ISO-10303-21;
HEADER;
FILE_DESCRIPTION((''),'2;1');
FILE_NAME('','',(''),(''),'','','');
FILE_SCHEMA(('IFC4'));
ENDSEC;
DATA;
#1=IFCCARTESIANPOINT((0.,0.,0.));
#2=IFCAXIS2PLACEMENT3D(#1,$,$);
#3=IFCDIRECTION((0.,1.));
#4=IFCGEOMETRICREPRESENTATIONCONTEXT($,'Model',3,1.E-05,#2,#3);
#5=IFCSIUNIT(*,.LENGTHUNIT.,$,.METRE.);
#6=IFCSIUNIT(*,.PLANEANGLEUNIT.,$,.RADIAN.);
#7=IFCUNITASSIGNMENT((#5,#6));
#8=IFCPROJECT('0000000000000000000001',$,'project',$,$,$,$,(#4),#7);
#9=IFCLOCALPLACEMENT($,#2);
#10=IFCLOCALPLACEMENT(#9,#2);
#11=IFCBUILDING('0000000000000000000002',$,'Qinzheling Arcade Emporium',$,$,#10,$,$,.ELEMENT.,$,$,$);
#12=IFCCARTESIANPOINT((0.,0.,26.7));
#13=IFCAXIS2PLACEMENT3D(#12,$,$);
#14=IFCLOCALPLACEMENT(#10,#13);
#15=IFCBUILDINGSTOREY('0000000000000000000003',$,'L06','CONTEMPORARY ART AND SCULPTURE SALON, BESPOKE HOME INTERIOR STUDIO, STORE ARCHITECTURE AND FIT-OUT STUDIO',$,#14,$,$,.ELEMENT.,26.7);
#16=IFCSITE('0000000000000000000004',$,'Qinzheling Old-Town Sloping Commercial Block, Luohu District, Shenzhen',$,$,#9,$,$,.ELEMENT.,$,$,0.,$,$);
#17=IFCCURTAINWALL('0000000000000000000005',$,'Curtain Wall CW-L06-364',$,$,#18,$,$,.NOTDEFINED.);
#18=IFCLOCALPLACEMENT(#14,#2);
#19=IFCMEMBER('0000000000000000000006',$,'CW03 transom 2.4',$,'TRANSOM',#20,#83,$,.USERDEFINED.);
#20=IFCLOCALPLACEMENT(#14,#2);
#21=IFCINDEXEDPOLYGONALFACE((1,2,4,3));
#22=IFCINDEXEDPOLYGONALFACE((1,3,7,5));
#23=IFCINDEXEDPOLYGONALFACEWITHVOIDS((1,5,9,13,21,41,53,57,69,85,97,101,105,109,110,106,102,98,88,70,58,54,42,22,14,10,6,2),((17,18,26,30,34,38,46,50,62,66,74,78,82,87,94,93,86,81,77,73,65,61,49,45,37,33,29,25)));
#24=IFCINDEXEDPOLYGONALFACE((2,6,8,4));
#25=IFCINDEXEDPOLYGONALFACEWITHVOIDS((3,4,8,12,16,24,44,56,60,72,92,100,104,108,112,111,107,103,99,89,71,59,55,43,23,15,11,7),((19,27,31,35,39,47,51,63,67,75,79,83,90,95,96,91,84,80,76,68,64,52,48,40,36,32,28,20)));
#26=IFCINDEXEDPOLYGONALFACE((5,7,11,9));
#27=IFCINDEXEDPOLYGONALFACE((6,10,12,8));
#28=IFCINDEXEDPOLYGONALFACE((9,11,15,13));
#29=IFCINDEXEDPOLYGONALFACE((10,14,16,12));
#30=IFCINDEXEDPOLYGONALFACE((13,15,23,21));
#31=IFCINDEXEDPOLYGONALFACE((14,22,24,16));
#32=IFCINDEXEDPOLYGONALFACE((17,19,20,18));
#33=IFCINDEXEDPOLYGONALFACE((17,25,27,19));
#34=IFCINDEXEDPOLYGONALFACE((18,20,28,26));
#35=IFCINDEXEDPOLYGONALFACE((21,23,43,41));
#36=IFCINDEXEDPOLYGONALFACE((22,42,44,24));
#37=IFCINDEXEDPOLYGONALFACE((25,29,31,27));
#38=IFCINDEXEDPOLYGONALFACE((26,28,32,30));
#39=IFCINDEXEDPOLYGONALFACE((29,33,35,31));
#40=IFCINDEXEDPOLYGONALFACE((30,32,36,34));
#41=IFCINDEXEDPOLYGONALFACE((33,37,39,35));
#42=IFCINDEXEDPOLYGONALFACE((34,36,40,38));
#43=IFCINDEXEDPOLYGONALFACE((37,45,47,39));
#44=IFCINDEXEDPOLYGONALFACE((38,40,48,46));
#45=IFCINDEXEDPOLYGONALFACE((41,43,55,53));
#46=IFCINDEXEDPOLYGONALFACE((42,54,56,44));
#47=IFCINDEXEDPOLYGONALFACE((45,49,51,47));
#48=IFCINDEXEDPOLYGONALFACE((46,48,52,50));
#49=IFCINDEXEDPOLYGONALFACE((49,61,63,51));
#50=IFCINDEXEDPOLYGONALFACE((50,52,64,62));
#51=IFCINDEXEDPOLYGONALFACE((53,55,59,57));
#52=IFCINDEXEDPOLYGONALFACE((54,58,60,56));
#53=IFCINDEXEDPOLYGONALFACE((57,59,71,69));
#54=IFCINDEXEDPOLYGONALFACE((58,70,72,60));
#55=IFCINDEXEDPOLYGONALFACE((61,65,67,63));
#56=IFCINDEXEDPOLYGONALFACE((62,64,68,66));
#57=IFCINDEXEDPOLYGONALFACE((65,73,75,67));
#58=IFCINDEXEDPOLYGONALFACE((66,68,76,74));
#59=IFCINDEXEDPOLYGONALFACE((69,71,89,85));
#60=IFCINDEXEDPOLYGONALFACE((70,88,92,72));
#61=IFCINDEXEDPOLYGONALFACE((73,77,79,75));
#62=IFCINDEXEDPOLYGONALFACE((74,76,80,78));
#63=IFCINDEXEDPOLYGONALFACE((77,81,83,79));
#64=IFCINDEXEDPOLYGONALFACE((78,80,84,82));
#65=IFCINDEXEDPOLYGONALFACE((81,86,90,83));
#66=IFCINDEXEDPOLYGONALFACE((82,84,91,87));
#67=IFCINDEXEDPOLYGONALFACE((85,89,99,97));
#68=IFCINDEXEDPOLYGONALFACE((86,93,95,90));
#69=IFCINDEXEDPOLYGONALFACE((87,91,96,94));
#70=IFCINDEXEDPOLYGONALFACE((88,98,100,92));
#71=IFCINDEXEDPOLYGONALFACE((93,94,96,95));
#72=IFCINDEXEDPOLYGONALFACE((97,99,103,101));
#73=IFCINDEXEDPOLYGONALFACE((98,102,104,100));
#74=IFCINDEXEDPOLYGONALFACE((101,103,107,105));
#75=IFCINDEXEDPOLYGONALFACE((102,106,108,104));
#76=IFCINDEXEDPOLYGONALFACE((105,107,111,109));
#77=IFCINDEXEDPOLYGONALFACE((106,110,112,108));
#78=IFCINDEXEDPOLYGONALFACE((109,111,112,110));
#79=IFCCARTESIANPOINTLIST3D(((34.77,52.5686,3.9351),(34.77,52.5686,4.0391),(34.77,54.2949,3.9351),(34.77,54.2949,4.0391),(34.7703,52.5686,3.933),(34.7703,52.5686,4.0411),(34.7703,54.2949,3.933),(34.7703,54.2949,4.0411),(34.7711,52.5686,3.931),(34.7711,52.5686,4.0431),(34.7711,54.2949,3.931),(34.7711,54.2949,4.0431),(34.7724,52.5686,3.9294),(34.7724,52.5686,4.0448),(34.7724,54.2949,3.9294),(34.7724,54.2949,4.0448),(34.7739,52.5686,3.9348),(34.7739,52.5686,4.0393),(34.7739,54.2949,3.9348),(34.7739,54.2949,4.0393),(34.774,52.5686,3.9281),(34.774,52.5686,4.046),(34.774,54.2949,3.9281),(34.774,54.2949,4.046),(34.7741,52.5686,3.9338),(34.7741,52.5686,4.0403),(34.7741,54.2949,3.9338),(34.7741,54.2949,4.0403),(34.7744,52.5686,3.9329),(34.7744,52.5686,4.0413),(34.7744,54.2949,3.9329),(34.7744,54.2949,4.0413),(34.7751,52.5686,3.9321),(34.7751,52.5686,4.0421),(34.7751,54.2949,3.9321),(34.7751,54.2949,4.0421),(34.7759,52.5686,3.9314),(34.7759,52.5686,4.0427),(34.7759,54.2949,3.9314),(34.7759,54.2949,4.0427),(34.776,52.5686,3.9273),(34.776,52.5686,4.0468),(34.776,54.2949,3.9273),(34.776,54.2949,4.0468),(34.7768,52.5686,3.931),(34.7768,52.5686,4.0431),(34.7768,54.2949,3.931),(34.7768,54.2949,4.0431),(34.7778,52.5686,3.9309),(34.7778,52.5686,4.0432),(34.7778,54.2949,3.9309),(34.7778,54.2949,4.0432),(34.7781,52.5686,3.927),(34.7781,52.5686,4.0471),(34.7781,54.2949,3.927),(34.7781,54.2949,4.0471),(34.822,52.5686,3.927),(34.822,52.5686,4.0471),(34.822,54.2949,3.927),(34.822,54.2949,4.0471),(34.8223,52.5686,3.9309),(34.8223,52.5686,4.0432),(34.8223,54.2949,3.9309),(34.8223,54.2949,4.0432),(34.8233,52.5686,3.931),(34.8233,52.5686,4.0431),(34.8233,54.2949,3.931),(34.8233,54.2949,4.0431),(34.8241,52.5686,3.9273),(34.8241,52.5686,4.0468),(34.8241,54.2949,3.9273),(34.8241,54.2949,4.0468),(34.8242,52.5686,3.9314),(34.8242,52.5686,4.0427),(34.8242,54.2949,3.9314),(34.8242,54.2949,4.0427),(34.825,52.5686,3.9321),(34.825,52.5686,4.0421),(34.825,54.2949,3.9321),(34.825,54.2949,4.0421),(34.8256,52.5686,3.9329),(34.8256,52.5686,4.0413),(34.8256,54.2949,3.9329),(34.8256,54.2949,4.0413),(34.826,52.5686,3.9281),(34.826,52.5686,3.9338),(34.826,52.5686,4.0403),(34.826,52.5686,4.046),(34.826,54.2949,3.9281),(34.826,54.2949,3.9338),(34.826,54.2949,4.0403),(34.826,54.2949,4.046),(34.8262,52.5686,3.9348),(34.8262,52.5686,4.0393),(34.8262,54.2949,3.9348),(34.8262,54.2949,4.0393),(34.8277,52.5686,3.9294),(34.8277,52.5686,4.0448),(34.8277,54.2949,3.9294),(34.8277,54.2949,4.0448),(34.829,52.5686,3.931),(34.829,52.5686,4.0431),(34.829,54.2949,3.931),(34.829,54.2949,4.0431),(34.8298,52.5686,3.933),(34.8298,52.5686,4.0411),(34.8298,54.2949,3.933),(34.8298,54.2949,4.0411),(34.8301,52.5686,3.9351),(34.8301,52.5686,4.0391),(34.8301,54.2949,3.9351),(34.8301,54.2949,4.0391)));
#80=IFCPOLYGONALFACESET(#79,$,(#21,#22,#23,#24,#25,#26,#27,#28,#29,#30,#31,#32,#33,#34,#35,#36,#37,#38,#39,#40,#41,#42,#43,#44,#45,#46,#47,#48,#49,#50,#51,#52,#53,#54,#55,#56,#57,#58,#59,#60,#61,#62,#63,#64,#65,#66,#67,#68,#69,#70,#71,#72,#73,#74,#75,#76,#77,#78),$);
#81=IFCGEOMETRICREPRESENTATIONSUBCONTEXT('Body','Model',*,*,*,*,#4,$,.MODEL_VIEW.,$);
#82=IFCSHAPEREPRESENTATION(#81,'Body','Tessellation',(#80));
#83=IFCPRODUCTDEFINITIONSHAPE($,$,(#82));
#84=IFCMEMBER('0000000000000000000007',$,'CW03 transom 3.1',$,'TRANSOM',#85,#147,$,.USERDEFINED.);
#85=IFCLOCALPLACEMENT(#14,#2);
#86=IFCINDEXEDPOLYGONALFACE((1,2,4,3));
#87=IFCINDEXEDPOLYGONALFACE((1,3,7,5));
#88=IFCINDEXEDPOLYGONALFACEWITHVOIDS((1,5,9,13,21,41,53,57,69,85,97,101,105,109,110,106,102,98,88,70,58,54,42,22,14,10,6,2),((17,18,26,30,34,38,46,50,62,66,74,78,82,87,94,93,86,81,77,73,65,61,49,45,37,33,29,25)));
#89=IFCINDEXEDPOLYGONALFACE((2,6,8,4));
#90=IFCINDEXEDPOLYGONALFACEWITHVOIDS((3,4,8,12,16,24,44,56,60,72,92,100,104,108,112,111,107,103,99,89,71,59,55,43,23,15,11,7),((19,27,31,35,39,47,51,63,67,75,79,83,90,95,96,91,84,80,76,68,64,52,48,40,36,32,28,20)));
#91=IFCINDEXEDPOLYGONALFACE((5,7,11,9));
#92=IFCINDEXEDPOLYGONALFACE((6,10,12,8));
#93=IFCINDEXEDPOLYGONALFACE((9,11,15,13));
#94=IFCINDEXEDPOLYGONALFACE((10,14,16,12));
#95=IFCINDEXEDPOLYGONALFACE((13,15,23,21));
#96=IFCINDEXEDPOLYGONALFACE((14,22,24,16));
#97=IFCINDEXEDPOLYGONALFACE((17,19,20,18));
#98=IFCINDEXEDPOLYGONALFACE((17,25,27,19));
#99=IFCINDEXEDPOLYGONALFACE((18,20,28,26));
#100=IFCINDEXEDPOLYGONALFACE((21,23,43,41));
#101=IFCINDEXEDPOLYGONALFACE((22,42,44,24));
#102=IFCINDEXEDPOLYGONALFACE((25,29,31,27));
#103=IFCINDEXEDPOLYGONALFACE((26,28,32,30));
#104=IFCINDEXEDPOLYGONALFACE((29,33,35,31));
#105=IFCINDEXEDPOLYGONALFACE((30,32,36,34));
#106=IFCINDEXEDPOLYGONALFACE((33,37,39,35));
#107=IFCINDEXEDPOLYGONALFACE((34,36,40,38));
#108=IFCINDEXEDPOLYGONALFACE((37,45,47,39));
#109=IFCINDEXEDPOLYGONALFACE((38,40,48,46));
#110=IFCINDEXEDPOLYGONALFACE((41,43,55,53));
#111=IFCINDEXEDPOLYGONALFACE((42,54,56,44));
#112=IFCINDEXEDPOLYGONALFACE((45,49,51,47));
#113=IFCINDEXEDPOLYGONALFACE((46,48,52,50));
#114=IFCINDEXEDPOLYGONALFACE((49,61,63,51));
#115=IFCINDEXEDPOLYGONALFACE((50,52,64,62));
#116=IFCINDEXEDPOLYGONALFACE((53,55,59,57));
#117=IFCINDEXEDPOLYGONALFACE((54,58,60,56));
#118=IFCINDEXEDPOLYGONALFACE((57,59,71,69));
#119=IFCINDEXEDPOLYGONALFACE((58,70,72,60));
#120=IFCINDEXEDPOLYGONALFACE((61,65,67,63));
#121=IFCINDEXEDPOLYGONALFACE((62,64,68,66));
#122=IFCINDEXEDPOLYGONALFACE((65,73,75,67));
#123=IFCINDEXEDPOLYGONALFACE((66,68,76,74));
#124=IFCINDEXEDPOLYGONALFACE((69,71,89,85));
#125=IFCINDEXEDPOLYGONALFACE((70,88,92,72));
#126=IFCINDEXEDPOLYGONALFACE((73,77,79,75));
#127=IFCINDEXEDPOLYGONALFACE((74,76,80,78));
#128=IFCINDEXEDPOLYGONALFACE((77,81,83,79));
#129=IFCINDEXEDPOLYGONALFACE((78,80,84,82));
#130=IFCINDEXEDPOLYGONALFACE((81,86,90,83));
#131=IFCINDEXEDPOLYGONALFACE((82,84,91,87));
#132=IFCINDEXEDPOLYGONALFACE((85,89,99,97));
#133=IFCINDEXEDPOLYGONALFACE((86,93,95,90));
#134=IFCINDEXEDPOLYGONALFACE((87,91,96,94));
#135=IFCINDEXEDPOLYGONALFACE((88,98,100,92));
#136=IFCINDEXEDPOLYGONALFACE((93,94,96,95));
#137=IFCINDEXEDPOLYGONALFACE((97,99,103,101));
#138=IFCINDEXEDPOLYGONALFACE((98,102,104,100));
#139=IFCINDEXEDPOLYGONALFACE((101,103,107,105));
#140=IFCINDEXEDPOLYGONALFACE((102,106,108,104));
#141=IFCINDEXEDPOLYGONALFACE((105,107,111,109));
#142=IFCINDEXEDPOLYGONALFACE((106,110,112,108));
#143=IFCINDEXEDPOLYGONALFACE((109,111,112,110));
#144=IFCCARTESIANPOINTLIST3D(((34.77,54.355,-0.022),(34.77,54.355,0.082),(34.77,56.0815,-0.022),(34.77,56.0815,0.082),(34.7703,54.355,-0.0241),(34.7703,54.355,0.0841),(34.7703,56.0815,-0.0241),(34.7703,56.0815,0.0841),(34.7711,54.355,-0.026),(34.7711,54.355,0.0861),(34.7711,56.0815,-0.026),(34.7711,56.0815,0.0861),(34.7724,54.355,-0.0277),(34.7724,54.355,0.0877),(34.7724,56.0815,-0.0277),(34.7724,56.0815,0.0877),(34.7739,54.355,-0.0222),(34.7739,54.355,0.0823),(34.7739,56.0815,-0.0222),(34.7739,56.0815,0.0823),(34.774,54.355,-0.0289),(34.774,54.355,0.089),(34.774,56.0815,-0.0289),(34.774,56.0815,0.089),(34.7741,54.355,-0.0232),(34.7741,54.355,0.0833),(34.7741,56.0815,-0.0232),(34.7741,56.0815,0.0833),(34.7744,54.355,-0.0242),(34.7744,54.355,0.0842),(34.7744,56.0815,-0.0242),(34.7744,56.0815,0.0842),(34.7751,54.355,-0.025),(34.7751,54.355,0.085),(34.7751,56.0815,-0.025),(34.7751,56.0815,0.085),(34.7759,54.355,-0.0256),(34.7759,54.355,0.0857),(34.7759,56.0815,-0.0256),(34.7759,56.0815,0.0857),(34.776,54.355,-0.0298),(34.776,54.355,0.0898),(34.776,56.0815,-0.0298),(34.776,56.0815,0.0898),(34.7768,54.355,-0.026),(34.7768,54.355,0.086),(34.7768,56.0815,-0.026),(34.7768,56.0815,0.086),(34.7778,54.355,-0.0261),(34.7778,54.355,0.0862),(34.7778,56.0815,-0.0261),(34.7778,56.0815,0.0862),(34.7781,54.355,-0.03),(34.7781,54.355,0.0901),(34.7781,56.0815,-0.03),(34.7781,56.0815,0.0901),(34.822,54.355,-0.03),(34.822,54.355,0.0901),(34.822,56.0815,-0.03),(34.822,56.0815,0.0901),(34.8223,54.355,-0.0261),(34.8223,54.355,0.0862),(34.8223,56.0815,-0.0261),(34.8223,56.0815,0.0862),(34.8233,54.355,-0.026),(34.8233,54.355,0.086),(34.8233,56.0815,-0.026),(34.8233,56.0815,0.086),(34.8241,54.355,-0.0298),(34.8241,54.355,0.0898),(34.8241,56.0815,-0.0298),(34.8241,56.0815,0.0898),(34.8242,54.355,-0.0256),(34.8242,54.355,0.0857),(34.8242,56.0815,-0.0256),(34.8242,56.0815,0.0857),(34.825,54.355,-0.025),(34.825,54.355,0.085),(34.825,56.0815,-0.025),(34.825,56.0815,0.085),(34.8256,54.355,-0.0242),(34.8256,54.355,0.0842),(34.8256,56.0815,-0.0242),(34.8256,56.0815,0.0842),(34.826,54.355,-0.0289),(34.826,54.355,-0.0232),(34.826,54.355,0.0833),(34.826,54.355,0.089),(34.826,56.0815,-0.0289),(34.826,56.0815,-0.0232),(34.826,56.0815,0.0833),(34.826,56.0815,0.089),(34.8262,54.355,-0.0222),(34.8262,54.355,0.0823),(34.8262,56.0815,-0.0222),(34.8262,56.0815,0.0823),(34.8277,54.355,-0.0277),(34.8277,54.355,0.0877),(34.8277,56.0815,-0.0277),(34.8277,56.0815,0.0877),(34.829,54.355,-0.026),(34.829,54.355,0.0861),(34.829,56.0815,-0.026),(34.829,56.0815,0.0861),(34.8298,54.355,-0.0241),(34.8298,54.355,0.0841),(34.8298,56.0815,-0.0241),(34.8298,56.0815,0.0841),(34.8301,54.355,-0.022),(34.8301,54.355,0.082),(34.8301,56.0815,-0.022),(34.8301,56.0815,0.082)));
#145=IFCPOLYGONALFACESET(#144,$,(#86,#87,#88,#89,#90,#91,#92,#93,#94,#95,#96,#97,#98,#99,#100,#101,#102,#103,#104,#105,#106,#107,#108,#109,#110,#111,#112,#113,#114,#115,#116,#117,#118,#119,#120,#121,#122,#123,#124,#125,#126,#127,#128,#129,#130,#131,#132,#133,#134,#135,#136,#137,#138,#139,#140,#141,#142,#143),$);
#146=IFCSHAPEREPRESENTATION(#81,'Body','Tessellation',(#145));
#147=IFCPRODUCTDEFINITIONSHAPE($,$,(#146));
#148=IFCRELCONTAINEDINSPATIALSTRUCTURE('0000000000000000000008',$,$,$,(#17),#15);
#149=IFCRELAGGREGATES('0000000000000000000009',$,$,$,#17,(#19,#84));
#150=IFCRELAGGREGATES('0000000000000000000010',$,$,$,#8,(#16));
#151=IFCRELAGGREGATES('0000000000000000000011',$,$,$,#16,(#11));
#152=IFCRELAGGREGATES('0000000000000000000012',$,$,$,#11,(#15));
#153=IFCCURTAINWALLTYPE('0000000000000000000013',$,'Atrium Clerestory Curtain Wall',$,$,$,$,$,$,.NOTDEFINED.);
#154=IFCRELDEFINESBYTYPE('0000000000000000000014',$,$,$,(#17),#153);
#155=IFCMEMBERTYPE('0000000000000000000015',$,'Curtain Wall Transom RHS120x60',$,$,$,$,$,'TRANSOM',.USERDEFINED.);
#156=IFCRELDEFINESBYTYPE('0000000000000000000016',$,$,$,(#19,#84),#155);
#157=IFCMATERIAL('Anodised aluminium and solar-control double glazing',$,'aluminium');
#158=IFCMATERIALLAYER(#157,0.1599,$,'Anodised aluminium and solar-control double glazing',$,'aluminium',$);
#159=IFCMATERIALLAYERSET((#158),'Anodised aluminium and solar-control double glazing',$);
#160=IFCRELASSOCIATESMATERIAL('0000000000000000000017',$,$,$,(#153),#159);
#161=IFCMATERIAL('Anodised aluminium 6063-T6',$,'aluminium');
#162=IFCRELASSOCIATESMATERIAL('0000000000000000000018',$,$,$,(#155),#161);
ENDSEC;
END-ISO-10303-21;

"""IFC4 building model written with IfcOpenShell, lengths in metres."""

from ifc_helpers import new_model, si_unit, direction, frame, origin, origin_2d, place, context, subcontext, project, spatial, hollow_rectangle, extrude, material, layer, layer_set, material_profile, profile_set, type_object, element, aggregate, save


model = new_model("IFC4")

# Units and contexts
model_context = context("Model", 3, precision=1e-05, world=origin(), true_north=direction((0.0, 1.0)))
body_context = subcontext(model_context, "Body", "Model", "MODEL_VIEW")
ifc_project = project(units=[si_unit("LENGTHUNIT", "METRE"), si_unit("PLANEANGLEUNIT", "RADIAN")], contexts=[model_context])

# Site, building, storey
site_placement = place(None, origin())
site = spatial("IfcSite", under=ifc_project, at=site_placement, Name="Qinzheling Old-Town Sloping Commercial Block, Luohu District, Shenzhen", CompositionType="ELEMENT", RefElevation=0.0)
building_placement = place(site_placement, origin())
building = spatial("IfcBuilding", under=site, at=building_placement, Name="Qinzheling Arcade Emporium", CompositionType="ELEMENT")
storey_placement = place(building_placement, frame((0.0, 0.0, 26.7)))
storey = spatial("IfcBuildingStorey", under=building, at=storey_placement, Name="L06", Description="CONTEMPORARY ART AND SCULPTURE SALON, BESPOKE HOME INTERIOR STUDIO, STORE ARCHITECTURE AND FIT-OUT STUDIO", CompositionType="ELEMENT", Elevation=26.7)

# Shared definitions
ifc_material_1 = material(Name="Anodised aluminium and solar-control double glazing", Category="aluminium")
ifc_layer_1 = layer(ifc_material_1, 0.1599, Name="Anodised aluminium and solar-control double glazing", Category="aluminium")
ifc_layer_set_1 = layer_set([ifc_layer_1], Name="Anodised aluminium and solar-control double glazing")
curtain_wall_type = type_object("IfcCurtainWallType", Name="Atrium Clerestory Curtain Wall", PredefinedType="NOTDEFINED", material=ifc_layer_set_1)
ifc_material_2 = material(Name="Anodised aluminium 6063-T6", Category="aluminium")

# Curtain wall, members
curtain_wall_1_placement = place(storey_placement, origin())
curtain_wall_1 = element("IfcCurtainWall", 1, at=curtain_wall_1_placement, inside=storey, type_object=curtain_wall_type, Name="Curtain Wall CW-L06-364", PredefinedType="NOTDEFINED")
ifc_material_profile_1 = material_profile(ifc_material_2, hollow_rectangle(XDim=0.0601, YDim=0.1201, WallThickness=0.0039, InnerFilletRadius=0.0039, OuterFilletRadius=0.0081, at=origin_2d()), Name="RHS 120x60x4", Category="aluminium")
ifc_profile_set_1 = profile_set([ifc_material_profile_1], Name="Anodised aluminium 6063-T6")
member_type_1 = type_object("IfcMemberType", Name="Curtain Wall Transom RHS120x60", ElementType="TRANSOM", PredefinedType="USERDEFINED", material=ifc_profile_set_1)
member_1_placement = place(storey_placement, frame((34.8, 52.5686, 3.9871), z_axis=(0.0, 1.0, 0.0), x_axis=(-1.0, 0.0, 0.0)))
member_1 = element("IfcMember", 2, at=member_1_placement, type_object=member_type_1, Name="CW03 transom 2.4", ObjectType="TRANSOM", PredefinedType="USERDEFINED", context=body_context, shape_type="SweptSolid", body=[
    extrude(hollow_rectangle(XDim=0.0601, YDim=0.1201, WallThickness=0.0039, InnerFilletRadius=0.0039, OuterFilletRadius=0.0081, at=origin_2d()), origin(), (0.0, 0.0, 1.0), 1.7263),
])
member_2_placement = place(storey_placement, frame((34.8, 54.355, 0.03), z_axis=(0.0, 1.0, 0.0), x_axis=(-1.0, 0.0, 0.0)))
member_2 = element("IfcMember", 3, at=member_2_placement, type_object=member_type_1, Name="CW03 transom 3.1", ObjectType="TRANSOM", PredefinedType="USERDEFINED", context=body_context, shape_type="SweptSolid", body=[
    extrude(hollow_rectangle(XDim=0.0601, YDim=0.1201, WallThickness=0.0039, InnerFilletRadius=0.0039, OuterFilletRadius=0.0081, at=origin_2d()), origin(), (0.0, 0.0, 1.0), 1.7266),
])

aggregate(curtain_wall_1, [member_1, member_2])

save(model, "model.ifc")
